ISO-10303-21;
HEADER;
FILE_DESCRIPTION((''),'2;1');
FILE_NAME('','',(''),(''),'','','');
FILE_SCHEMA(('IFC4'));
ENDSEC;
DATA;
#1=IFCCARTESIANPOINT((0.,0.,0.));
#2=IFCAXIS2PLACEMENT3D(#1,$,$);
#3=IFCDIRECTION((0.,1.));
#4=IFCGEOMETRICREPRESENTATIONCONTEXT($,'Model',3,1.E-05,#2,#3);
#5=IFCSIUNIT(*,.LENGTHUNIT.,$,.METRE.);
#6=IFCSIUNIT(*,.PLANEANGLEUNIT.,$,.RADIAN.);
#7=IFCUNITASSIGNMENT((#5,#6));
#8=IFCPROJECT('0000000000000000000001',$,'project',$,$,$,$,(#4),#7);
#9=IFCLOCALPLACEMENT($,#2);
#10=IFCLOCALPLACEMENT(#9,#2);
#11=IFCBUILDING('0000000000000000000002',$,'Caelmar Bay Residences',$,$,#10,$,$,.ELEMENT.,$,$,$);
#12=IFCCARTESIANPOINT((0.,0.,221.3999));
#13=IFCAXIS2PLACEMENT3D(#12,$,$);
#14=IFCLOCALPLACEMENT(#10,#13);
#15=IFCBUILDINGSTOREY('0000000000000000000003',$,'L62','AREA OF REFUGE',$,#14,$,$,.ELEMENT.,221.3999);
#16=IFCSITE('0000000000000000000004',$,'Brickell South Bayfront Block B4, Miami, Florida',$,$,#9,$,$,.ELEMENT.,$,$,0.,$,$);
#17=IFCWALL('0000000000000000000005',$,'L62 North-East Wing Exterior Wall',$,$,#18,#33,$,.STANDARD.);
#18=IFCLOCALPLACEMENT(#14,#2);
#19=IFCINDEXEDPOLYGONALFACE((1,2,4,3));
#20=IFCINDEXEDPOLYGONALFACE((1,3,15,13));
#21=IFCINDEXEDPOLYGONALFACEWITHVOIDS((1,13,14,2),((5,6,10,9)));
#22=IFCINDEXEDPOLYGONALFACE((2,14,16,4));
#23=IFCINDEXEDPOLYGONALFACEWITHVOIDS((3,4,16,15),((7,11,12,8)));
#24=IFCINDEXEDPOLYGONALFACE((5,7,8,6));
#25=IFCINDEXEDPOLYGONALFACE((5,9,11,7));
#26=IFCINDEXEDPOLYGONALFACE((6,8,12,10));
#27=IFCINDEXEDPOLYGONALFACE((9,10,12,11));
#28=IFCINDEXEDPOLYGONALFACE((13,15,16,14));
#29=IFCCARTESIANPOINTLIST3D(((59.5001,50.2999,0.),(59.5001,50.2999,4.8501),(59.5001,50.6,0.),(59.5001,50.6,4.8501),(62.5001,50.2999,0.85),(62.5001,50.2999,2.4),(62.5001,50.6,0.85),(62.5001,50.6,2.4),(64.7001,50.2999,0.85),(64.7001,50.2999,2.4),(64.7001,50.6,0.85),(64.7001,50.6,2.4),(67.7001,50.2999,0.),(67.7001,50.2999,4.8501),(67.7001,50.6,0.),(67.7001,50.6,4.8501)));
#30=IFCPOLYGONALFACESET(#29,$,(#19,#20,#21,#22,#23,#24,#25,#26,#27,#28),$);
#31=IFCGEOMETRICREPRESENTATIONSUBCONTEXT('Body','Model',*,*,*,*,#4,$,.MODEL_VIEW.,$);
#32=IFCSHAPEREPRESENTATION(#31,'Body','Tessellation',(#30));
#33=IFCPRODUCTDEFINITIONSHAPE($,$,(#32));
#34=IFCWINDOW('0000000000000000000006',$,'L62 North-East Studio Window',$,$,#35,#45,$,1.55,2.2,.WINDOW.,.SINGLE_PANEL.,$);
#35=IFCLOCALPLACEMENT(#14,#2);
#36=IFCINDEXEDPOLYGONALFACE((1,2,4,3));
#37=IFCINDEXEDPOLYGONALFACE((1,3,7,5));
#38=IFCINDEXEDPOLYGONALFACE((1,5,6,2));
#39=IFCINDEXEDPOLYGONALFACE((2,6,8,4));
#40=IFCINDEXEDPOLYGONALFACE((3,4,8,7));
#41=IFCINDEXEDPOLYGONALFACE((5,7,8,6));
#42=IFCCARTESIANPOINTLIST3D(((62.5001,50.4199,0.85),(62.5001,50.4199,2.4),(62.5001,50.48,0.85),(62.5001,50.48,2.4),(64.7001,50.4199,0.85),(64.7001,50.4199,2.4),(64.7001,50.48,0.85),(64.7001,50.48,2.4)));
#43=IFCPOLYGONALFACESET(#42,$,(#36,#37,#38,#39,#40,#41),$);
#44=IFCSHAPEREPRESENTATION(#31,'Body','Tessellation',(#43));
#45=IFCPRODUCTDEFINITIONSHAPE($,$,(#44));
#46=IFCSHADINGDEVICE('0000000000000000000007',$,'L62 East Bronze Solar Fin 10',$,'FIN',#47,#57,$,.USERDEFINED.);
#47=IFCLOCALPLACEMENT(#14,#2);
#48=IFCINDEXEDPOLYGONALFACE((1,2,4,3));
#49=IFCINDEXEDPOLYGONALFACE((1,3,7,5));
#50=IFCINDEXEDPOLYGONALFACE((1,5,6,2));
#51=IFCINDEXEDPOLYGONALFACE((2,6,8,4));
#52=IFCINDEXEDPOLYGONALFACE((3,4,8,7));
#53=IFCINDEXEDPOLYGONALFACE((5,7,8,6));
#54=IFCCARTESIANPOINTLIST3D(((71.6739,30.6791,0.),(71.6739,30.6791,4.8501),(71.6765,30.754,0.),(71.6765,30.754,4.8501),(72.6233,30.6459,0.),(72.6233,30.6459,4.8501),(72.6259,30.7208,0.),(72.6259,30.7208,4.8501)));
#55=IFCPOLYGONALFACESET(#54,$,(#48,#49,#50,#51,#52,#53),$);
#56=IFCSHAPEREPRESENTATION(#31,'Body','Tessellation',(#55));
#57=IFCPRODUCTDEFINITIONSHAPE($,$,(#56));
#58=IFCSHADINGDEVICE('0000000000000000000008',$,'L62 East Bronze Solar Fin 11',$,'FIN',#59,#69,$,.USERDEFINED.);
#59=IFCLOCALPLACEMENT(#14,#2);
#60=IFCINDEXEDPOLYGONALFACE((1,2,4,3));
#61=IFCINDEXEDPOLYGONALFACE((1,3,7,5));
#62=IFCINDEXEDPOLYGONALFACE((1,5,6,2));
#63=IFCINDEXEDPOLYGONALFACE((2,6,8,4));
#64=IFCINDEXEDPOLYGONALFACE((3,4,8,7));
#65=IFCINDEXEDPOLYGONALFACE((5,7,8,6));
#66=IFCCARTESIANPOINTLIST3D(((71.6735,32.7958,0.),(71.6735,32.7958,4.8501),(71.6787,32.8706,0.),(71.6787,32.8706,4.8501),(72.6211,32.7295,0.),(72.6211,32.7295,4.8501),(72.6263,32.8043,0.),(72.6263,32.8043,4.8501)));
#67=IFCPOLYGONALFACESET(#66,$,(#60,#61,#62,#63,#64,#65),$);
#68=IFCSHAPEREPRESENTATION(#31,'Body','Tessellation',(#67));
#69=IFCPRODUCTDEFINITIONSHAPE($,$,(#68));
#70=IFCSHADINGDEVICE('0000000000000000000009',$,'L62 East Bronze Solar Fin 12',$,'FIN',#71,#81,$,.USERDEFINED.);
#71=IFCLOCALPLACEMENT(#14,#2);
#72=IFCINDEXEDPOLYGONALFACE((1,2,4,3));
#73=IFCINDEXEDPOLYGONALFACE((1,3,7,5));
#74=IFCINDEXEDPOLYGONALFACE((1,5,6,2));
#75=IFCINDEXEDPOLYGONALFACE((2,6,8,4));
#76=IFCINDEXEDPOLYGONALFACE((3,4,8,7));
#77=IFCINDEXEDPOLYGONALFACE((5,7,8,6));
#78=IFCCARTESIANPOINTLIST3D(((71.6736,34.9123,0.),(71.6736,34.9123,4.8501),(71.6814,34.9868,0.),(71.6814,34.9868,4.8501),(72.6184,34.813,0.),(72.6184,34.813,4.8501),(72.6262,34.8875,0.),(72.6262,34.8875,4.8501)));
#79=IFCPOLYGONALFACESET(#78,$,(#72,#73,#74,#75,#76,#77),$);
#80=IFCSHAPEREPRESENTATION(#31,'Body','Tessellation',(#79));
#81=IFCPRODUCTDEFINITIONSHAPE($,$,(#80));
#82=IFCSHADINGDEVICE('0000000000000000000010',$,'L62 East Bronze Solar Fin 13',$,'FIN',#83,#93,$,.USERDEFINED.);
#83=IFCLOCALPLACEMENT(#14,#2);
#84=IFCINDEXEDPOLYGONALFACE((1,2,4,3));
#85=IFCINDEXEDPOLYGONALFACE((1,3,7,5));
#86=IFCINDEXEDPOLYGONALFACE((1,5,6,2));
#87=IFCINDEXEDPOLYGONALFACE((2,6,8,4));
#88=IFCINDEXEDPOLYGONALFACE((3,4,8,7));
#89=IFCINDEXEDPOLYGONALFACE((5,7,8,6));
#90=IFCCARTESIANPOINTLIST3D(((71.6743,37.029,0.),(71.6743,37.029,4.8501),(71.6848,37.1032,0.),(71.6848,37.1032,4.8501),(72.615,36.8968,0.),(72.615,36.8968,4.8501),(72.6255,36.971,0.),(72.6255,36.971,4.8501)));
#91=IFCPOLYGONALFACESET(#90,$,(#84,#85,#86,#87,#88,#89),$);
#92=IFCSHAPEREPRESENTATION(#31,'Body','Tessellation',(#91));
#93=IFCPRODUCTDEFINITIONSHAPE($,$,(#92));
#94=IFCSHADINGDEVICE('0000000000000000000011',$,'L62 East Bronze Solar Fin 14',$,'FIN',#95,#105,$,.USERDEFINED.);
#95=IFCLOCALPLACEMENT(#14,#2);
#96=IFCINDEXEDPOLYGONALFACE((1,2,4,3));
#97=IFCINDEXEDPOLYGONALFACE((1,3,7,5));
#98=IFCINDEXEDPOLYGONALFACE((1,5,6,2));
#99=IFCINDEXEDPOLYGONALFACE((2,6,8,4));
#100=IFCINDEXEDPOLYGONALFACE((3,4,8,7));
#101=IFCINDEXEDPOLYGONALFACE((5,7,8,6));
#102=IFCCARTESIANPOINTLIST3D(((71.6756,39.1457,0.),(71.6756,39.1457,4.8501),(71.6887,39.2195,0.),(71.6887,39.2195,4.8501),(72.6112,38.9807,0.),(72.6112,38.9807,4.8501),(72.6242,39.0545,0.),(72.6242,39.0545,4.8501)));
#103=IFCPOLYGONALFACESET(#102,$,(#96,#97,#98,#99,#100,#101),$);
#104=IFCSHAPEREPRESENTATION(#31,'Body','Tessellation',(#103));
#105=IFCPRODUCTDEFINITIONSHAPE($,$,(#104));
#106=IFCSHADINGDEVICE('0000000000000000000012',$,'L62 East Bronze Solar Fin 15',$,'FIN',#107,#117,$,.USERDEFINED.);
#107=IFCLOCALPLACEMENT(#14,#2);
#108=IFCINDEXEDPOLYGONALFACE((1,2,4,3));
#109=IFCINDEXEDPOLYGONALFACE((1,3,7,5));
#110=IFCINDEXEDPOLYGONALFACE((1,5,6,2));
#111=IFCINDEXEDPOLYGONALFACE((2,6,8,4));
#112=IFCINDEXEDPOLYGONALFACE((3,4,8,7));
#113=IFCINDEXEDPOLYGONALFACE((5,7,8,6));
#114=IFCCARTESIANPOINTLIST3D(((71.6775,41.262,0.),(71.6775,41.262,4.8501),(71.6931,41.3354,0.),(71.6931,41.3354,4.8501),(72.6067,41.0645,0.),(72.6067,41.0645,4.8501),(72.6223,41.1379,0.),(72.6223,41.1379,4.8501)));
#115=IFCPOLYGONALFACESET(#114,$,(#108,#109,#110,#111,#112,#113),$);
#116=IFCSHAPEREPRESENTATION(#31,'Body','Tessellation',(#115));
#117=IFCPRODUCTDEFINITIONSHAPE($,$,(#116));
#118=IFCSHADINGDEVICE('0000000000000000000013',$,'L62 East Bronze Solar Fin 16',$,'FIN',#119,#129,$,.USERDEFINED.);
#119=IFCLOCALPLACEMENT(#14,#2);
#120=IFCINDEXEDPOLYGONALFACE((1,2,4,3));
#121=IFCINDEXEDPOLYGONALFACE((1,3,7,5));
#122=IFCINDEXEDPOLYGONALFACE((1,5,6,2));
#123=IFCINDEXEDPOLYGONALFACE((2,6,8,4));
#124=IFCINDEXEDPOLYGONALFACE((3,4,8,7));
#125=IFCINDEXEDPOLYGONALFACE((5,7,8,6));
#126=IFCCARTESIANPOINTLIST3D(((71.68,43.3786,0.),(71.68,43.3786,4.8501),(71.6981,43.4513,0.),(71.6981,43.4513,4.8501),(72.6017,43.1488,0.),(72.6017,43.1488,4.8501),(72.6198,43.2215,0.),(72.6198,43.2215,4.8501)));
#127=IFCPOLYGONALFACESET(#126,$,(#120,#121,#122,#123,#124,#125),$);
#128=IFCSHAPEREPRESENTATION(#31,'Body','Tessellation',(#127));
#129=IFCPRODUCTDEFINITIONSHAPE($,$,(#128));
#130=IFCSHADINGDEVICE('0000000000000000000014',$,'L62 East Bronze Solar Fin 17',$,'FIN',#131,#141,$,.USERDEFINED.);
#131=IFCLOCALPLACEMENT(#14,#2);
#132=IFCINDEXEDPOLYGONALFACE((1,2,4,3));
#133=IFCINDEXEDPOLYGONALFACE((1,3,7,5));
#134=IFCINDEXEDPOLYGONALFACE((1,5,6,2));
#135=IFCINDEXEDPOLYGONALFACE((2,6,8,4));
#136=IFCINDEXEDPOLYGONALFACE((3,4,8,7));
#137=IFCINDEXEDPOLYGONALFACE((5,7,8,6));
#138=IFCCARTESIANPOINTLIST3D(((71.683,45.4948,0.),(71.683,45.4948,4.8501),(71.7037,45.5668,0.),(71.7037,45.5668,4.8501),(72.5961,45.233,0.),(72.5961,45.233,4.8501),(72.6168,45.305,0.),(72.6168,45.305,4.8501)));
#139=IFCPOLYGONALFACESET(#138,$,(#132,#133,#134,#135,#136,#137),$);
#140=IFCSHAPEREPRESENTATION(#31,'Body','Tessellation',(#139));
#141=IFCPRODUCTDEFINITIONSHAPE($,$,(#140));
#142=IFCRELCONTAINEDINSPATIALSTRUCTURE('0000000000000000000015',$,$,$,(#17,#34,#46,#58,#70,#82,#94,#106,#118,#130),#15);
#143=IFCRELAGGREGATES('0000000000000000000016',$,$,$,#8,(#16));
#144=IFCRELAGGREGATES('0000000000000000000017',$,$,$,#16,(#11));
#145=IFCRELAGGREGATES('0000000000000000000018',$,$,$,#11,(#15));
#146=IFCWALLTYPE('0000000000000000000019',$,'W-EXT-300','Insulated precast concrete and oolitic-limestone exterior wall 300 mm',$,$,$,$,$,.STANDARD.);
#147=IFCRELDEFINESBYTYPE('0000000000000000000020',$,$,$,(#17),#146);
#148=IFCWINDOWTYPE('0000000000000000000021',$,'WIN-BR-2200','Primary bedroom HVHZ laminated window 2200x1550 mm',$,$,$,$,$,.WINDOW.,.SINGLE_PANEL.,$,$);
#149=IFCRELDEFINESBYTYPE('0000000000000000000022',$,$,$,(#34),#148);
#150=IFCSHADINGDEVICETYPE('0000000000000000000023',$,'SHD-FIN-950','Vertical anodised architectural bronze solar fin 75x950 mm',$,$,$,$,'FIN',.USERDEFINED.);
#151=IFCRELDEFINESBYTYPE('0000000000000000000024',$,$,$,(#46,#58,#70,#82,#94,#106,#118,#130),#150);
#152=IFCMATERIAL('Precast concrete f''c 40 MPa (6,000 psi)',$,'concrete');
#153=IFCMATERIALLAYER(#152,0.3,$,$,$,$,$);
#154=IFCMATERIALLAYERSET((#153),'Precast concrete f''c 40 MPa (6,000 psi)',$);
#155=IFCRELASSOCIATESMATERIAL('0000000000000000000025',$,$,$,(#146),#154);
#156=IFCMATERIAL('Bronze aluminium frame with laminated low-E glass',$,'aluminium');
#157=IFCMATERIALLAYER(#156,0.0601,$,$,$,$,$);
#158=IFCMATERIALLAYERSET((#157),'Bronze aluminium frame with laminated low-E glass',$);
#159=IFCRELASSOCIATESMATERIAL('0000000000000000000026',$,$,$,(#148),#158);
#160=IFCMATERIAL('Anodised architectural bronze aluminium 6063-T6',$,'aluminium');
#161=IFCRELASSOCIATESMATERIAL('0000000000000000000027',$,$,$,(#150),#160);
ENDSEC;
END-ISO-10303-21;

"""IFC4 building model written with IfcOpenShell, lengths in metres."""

from ifc_helpers import new_model, si_unit, direction, frame, frame_2d, origin, origin_2d, place, context, subcontext, project, spatial, rectangle, extrude, material, layer, layer_set, material_profile, profile_set, type_object, element, fill, save


model = new_model("IFC4")

# Units and contexts
model_context = context("Model", 3, precision=1e-05, world=origin(), true_north=direction((0.0, 1.0)))
body_context = subcontext(model_context, "Body", "Model", "MODEL_VIEW")
ifc_project = project(units=[si_unit("LENGTHUNIT", "METRE"), si_unit("PLANEANGLEUNIT", "RADIAN")], contexts=[model_context])

# Site, building, storey
site_placement = place(None, origin())
site = spatial("IfcSite", under=ifc_project, at=site_placement, Name="Brickell South Bayfront Block B4, Miami, Florida", CompositionType="ELEMENT", RefElevation=0.0)
building_placement = place(site_placement, origin())
building = spatial("IfcBuilding", under=site, at=building_placement, Name="Caelmar Bay Residences", CompositionType="ELEMENT")
storey_placement = place(building_placement, frame((0.0, 0.0, 221.3999)))
storey = spatial("IfcBuildingStorey", under=building, at=storey_placement, Name="L62", Description="AREA OF REFUGE", CompositionType="ELEMENT", Elevation=221.3999)

# Shared definitions
ifc_material_1 = material(Name="Precast concrete f'c 40 MPa (6,000 psi)", Category="concrete")
ifc_layer_1 = layer(ifc_material_1, 0.3)
ifc_layer_set_1 = layer_set([ifc_layer_1], Name="Precast concrete f'c 40 MPa (6,000 psi)")
wall_type_1 = type_object("IfcWallType", Name="W-EXT-300", Description="Insulated precast concrete and oolitic-limestone exterior wall 300 mm", PredefinedType="STANDARD", material=ifc_layer_set_1)

# Wall, opening, window
wall_1_placement = place(storey_placement, frame((59.5, 50.45, 0.0), z_axis=(0.0, 0.0, 1.0), x_axis=(1.0, 0.0, 0.0)))
wall_1 = element("IfcWall", 1, at=wall_1_placement, inside=storey, type_object=wall_type_1, Name="L62 North-East Wing Exterior Wall", PredefinedType="STANDARD", context=body_context, shape_type="SweptSolid", body=[
    extrude(rectangle(XDim=8.2, YDim=0.3, at=frame_2d((4.1001, 0.0))), origin(), (0.0, 0.0, 1.0), 4.8501),
])
opening_1_placement = place(wall_1_placement, frame((3.0, 0.0, 0.8501)))
opening_1 = element("IfcOpeningElement", 2, at=opening_1_placement, cuts=wall_1, PredefinedType="OPENING", context=body_context, shape_type="SweptSolid", body=[
    extrude(rectangle(XDim=2.2, YDim=1.55, at=frame_2d((1.1001, 0.7749))), frame((0.0, 0.1599, 0.0), z_axis=(0.0, -1.0, 0.0), x_axis=(1.0, 0.0, 0.0)), (0.0, 0.0, 1.0), 0.3201),
])
ifc_material_2 = material(Name="Bronze aluminium frame with laminated low-E glass", Category="aluminium")
ifc_layer_2 = layer(ifc_material_2, 0.0601)
ifc_layer_set_2 = layer_set([ifc_layer_2], Name="Bronze aluminium frame with laminated low-E glass")
window_type = type_object("IfcWindowType", Name="WIN-BR-2200", Description="Primary bedroom HVHZ laminated window 2200x1550 mm", PartitioningType="SINGLE_PANEL", PredefinedType="WINDOW", material=ifc_layer_set_2)
window_placement = place(opening_1_placement, origin())
window = element("IfcWindow", 3, at=window_placement, inside=storey, type_object=window_type, Name="L62 North-East Studio Window", OverallHeight=1.55, OverallWidth=2.2, PartitioningType="SINGLE_PANEL", PredefinedType="WINDOW", context=body_context, shape_type="SweptSolid", body=[
    extrude(rectangle(XDim=2.2, YDim=1.55, at=frame_2d((1.1001, 0.7749))), frame((0.0, 0.03, 0.0), z_axis=(0.0, -1.0, 0.0), x_axis=(1.0, 0.0, 0.0)), (0.0, 0.0, 1.0), 0.0601),
])
fill(opening_1, window)

# Shading devices
ifc_material_3 = material(Name="Anodised architectural bronze aluminium 6063-T6", Category="aluminium")
ifc_material_profile_1 = material_profile(ifc_material_3, rectangle(XDim=0.075, YDim=0.95, at=origin_2d()), Name="BRONZE-FIN-75X950")
ifc_profile_set_1 = profile_set([ifc_material_profile_1], Name="Anodised architectural bronze aluminium 6063-T6")
shading_device_type = type_object("IfcShadingDeviceType", Name="SHD-FIN-950", Description="Vertical anodised architectural bronze solar fin 75x950 mm", ElementType="FIN", PredefinedType="USERDEFINED", material=ifc_profile_set_1)
for number, where, z_axis, x_axis, name in (
    (4, (72.1499, 30.7, 0.0), (0.0, 0.0, 1.0), (0.034899, 0.999391, 0.0), "L62 East Bronze Solar Fin 10"),
    (5, (72.1499, 32.8, 0.0), (0.0, 0.0, 1.0), (0.069756, 0.997564, 0.0), "L62 East Bronze Solar Fin 11"),
    (6, (72.1499, 34.8999, 0.0), (0.0, 0.0, 1.0), (0.104528, 0.994522, 0.0), "L62 East Bronze Solar Fin 12"),
    (7, (72.1499, 37.0, 0.0), (0.0, 0.0, 1.0), (0.139173, 0.990268, 0.0), "L62 East Bronze Solar Fin 13"),
    (8, (72.1499, 39.1001, 0.0), (0.0, 0.0, 1.0), (0.173648, 0.984808, 0.0), "L62 East Bronze Solar Fin 14"),
    (9, (72.1499, 41.2, 0.0), (0.0, 0.0, 1.0), (0.207912, 0.978148, 0.0), "L62 East Bronze Solar Fin 15"),
    (10, (72.1499, 43.3, 0.0), (0.0, 0.0, 1.0), (0.241922, 0.970296, 0.0), "L62 East Bronze Solar Fin 16"),
    (11, (72.1499, 45.3999, 0.0), (0.0, 0.0, 1.0), (0.275637, 0.961262, 0.0), "L62 East Bronze Solar Fin 17"),
):
    element("IfcShadingDevice", number, at=place(storey_placement, frame(where, z_axis=z_axis, x_axis=x_axis)), inside=storey, type_object=shading_device_type, Name=name, ObjectType="FIN", PredefinedType="USERDEFINED", context=body_context, shape_type="SweptSolid", body=[
        extrude(rectangle(XDim=0.075, YDim=0.95, at=origin_2d()), origin(), (0.0, 0.0, 1.0), 4.8501),
    ])

save(model, "model.ifc")
